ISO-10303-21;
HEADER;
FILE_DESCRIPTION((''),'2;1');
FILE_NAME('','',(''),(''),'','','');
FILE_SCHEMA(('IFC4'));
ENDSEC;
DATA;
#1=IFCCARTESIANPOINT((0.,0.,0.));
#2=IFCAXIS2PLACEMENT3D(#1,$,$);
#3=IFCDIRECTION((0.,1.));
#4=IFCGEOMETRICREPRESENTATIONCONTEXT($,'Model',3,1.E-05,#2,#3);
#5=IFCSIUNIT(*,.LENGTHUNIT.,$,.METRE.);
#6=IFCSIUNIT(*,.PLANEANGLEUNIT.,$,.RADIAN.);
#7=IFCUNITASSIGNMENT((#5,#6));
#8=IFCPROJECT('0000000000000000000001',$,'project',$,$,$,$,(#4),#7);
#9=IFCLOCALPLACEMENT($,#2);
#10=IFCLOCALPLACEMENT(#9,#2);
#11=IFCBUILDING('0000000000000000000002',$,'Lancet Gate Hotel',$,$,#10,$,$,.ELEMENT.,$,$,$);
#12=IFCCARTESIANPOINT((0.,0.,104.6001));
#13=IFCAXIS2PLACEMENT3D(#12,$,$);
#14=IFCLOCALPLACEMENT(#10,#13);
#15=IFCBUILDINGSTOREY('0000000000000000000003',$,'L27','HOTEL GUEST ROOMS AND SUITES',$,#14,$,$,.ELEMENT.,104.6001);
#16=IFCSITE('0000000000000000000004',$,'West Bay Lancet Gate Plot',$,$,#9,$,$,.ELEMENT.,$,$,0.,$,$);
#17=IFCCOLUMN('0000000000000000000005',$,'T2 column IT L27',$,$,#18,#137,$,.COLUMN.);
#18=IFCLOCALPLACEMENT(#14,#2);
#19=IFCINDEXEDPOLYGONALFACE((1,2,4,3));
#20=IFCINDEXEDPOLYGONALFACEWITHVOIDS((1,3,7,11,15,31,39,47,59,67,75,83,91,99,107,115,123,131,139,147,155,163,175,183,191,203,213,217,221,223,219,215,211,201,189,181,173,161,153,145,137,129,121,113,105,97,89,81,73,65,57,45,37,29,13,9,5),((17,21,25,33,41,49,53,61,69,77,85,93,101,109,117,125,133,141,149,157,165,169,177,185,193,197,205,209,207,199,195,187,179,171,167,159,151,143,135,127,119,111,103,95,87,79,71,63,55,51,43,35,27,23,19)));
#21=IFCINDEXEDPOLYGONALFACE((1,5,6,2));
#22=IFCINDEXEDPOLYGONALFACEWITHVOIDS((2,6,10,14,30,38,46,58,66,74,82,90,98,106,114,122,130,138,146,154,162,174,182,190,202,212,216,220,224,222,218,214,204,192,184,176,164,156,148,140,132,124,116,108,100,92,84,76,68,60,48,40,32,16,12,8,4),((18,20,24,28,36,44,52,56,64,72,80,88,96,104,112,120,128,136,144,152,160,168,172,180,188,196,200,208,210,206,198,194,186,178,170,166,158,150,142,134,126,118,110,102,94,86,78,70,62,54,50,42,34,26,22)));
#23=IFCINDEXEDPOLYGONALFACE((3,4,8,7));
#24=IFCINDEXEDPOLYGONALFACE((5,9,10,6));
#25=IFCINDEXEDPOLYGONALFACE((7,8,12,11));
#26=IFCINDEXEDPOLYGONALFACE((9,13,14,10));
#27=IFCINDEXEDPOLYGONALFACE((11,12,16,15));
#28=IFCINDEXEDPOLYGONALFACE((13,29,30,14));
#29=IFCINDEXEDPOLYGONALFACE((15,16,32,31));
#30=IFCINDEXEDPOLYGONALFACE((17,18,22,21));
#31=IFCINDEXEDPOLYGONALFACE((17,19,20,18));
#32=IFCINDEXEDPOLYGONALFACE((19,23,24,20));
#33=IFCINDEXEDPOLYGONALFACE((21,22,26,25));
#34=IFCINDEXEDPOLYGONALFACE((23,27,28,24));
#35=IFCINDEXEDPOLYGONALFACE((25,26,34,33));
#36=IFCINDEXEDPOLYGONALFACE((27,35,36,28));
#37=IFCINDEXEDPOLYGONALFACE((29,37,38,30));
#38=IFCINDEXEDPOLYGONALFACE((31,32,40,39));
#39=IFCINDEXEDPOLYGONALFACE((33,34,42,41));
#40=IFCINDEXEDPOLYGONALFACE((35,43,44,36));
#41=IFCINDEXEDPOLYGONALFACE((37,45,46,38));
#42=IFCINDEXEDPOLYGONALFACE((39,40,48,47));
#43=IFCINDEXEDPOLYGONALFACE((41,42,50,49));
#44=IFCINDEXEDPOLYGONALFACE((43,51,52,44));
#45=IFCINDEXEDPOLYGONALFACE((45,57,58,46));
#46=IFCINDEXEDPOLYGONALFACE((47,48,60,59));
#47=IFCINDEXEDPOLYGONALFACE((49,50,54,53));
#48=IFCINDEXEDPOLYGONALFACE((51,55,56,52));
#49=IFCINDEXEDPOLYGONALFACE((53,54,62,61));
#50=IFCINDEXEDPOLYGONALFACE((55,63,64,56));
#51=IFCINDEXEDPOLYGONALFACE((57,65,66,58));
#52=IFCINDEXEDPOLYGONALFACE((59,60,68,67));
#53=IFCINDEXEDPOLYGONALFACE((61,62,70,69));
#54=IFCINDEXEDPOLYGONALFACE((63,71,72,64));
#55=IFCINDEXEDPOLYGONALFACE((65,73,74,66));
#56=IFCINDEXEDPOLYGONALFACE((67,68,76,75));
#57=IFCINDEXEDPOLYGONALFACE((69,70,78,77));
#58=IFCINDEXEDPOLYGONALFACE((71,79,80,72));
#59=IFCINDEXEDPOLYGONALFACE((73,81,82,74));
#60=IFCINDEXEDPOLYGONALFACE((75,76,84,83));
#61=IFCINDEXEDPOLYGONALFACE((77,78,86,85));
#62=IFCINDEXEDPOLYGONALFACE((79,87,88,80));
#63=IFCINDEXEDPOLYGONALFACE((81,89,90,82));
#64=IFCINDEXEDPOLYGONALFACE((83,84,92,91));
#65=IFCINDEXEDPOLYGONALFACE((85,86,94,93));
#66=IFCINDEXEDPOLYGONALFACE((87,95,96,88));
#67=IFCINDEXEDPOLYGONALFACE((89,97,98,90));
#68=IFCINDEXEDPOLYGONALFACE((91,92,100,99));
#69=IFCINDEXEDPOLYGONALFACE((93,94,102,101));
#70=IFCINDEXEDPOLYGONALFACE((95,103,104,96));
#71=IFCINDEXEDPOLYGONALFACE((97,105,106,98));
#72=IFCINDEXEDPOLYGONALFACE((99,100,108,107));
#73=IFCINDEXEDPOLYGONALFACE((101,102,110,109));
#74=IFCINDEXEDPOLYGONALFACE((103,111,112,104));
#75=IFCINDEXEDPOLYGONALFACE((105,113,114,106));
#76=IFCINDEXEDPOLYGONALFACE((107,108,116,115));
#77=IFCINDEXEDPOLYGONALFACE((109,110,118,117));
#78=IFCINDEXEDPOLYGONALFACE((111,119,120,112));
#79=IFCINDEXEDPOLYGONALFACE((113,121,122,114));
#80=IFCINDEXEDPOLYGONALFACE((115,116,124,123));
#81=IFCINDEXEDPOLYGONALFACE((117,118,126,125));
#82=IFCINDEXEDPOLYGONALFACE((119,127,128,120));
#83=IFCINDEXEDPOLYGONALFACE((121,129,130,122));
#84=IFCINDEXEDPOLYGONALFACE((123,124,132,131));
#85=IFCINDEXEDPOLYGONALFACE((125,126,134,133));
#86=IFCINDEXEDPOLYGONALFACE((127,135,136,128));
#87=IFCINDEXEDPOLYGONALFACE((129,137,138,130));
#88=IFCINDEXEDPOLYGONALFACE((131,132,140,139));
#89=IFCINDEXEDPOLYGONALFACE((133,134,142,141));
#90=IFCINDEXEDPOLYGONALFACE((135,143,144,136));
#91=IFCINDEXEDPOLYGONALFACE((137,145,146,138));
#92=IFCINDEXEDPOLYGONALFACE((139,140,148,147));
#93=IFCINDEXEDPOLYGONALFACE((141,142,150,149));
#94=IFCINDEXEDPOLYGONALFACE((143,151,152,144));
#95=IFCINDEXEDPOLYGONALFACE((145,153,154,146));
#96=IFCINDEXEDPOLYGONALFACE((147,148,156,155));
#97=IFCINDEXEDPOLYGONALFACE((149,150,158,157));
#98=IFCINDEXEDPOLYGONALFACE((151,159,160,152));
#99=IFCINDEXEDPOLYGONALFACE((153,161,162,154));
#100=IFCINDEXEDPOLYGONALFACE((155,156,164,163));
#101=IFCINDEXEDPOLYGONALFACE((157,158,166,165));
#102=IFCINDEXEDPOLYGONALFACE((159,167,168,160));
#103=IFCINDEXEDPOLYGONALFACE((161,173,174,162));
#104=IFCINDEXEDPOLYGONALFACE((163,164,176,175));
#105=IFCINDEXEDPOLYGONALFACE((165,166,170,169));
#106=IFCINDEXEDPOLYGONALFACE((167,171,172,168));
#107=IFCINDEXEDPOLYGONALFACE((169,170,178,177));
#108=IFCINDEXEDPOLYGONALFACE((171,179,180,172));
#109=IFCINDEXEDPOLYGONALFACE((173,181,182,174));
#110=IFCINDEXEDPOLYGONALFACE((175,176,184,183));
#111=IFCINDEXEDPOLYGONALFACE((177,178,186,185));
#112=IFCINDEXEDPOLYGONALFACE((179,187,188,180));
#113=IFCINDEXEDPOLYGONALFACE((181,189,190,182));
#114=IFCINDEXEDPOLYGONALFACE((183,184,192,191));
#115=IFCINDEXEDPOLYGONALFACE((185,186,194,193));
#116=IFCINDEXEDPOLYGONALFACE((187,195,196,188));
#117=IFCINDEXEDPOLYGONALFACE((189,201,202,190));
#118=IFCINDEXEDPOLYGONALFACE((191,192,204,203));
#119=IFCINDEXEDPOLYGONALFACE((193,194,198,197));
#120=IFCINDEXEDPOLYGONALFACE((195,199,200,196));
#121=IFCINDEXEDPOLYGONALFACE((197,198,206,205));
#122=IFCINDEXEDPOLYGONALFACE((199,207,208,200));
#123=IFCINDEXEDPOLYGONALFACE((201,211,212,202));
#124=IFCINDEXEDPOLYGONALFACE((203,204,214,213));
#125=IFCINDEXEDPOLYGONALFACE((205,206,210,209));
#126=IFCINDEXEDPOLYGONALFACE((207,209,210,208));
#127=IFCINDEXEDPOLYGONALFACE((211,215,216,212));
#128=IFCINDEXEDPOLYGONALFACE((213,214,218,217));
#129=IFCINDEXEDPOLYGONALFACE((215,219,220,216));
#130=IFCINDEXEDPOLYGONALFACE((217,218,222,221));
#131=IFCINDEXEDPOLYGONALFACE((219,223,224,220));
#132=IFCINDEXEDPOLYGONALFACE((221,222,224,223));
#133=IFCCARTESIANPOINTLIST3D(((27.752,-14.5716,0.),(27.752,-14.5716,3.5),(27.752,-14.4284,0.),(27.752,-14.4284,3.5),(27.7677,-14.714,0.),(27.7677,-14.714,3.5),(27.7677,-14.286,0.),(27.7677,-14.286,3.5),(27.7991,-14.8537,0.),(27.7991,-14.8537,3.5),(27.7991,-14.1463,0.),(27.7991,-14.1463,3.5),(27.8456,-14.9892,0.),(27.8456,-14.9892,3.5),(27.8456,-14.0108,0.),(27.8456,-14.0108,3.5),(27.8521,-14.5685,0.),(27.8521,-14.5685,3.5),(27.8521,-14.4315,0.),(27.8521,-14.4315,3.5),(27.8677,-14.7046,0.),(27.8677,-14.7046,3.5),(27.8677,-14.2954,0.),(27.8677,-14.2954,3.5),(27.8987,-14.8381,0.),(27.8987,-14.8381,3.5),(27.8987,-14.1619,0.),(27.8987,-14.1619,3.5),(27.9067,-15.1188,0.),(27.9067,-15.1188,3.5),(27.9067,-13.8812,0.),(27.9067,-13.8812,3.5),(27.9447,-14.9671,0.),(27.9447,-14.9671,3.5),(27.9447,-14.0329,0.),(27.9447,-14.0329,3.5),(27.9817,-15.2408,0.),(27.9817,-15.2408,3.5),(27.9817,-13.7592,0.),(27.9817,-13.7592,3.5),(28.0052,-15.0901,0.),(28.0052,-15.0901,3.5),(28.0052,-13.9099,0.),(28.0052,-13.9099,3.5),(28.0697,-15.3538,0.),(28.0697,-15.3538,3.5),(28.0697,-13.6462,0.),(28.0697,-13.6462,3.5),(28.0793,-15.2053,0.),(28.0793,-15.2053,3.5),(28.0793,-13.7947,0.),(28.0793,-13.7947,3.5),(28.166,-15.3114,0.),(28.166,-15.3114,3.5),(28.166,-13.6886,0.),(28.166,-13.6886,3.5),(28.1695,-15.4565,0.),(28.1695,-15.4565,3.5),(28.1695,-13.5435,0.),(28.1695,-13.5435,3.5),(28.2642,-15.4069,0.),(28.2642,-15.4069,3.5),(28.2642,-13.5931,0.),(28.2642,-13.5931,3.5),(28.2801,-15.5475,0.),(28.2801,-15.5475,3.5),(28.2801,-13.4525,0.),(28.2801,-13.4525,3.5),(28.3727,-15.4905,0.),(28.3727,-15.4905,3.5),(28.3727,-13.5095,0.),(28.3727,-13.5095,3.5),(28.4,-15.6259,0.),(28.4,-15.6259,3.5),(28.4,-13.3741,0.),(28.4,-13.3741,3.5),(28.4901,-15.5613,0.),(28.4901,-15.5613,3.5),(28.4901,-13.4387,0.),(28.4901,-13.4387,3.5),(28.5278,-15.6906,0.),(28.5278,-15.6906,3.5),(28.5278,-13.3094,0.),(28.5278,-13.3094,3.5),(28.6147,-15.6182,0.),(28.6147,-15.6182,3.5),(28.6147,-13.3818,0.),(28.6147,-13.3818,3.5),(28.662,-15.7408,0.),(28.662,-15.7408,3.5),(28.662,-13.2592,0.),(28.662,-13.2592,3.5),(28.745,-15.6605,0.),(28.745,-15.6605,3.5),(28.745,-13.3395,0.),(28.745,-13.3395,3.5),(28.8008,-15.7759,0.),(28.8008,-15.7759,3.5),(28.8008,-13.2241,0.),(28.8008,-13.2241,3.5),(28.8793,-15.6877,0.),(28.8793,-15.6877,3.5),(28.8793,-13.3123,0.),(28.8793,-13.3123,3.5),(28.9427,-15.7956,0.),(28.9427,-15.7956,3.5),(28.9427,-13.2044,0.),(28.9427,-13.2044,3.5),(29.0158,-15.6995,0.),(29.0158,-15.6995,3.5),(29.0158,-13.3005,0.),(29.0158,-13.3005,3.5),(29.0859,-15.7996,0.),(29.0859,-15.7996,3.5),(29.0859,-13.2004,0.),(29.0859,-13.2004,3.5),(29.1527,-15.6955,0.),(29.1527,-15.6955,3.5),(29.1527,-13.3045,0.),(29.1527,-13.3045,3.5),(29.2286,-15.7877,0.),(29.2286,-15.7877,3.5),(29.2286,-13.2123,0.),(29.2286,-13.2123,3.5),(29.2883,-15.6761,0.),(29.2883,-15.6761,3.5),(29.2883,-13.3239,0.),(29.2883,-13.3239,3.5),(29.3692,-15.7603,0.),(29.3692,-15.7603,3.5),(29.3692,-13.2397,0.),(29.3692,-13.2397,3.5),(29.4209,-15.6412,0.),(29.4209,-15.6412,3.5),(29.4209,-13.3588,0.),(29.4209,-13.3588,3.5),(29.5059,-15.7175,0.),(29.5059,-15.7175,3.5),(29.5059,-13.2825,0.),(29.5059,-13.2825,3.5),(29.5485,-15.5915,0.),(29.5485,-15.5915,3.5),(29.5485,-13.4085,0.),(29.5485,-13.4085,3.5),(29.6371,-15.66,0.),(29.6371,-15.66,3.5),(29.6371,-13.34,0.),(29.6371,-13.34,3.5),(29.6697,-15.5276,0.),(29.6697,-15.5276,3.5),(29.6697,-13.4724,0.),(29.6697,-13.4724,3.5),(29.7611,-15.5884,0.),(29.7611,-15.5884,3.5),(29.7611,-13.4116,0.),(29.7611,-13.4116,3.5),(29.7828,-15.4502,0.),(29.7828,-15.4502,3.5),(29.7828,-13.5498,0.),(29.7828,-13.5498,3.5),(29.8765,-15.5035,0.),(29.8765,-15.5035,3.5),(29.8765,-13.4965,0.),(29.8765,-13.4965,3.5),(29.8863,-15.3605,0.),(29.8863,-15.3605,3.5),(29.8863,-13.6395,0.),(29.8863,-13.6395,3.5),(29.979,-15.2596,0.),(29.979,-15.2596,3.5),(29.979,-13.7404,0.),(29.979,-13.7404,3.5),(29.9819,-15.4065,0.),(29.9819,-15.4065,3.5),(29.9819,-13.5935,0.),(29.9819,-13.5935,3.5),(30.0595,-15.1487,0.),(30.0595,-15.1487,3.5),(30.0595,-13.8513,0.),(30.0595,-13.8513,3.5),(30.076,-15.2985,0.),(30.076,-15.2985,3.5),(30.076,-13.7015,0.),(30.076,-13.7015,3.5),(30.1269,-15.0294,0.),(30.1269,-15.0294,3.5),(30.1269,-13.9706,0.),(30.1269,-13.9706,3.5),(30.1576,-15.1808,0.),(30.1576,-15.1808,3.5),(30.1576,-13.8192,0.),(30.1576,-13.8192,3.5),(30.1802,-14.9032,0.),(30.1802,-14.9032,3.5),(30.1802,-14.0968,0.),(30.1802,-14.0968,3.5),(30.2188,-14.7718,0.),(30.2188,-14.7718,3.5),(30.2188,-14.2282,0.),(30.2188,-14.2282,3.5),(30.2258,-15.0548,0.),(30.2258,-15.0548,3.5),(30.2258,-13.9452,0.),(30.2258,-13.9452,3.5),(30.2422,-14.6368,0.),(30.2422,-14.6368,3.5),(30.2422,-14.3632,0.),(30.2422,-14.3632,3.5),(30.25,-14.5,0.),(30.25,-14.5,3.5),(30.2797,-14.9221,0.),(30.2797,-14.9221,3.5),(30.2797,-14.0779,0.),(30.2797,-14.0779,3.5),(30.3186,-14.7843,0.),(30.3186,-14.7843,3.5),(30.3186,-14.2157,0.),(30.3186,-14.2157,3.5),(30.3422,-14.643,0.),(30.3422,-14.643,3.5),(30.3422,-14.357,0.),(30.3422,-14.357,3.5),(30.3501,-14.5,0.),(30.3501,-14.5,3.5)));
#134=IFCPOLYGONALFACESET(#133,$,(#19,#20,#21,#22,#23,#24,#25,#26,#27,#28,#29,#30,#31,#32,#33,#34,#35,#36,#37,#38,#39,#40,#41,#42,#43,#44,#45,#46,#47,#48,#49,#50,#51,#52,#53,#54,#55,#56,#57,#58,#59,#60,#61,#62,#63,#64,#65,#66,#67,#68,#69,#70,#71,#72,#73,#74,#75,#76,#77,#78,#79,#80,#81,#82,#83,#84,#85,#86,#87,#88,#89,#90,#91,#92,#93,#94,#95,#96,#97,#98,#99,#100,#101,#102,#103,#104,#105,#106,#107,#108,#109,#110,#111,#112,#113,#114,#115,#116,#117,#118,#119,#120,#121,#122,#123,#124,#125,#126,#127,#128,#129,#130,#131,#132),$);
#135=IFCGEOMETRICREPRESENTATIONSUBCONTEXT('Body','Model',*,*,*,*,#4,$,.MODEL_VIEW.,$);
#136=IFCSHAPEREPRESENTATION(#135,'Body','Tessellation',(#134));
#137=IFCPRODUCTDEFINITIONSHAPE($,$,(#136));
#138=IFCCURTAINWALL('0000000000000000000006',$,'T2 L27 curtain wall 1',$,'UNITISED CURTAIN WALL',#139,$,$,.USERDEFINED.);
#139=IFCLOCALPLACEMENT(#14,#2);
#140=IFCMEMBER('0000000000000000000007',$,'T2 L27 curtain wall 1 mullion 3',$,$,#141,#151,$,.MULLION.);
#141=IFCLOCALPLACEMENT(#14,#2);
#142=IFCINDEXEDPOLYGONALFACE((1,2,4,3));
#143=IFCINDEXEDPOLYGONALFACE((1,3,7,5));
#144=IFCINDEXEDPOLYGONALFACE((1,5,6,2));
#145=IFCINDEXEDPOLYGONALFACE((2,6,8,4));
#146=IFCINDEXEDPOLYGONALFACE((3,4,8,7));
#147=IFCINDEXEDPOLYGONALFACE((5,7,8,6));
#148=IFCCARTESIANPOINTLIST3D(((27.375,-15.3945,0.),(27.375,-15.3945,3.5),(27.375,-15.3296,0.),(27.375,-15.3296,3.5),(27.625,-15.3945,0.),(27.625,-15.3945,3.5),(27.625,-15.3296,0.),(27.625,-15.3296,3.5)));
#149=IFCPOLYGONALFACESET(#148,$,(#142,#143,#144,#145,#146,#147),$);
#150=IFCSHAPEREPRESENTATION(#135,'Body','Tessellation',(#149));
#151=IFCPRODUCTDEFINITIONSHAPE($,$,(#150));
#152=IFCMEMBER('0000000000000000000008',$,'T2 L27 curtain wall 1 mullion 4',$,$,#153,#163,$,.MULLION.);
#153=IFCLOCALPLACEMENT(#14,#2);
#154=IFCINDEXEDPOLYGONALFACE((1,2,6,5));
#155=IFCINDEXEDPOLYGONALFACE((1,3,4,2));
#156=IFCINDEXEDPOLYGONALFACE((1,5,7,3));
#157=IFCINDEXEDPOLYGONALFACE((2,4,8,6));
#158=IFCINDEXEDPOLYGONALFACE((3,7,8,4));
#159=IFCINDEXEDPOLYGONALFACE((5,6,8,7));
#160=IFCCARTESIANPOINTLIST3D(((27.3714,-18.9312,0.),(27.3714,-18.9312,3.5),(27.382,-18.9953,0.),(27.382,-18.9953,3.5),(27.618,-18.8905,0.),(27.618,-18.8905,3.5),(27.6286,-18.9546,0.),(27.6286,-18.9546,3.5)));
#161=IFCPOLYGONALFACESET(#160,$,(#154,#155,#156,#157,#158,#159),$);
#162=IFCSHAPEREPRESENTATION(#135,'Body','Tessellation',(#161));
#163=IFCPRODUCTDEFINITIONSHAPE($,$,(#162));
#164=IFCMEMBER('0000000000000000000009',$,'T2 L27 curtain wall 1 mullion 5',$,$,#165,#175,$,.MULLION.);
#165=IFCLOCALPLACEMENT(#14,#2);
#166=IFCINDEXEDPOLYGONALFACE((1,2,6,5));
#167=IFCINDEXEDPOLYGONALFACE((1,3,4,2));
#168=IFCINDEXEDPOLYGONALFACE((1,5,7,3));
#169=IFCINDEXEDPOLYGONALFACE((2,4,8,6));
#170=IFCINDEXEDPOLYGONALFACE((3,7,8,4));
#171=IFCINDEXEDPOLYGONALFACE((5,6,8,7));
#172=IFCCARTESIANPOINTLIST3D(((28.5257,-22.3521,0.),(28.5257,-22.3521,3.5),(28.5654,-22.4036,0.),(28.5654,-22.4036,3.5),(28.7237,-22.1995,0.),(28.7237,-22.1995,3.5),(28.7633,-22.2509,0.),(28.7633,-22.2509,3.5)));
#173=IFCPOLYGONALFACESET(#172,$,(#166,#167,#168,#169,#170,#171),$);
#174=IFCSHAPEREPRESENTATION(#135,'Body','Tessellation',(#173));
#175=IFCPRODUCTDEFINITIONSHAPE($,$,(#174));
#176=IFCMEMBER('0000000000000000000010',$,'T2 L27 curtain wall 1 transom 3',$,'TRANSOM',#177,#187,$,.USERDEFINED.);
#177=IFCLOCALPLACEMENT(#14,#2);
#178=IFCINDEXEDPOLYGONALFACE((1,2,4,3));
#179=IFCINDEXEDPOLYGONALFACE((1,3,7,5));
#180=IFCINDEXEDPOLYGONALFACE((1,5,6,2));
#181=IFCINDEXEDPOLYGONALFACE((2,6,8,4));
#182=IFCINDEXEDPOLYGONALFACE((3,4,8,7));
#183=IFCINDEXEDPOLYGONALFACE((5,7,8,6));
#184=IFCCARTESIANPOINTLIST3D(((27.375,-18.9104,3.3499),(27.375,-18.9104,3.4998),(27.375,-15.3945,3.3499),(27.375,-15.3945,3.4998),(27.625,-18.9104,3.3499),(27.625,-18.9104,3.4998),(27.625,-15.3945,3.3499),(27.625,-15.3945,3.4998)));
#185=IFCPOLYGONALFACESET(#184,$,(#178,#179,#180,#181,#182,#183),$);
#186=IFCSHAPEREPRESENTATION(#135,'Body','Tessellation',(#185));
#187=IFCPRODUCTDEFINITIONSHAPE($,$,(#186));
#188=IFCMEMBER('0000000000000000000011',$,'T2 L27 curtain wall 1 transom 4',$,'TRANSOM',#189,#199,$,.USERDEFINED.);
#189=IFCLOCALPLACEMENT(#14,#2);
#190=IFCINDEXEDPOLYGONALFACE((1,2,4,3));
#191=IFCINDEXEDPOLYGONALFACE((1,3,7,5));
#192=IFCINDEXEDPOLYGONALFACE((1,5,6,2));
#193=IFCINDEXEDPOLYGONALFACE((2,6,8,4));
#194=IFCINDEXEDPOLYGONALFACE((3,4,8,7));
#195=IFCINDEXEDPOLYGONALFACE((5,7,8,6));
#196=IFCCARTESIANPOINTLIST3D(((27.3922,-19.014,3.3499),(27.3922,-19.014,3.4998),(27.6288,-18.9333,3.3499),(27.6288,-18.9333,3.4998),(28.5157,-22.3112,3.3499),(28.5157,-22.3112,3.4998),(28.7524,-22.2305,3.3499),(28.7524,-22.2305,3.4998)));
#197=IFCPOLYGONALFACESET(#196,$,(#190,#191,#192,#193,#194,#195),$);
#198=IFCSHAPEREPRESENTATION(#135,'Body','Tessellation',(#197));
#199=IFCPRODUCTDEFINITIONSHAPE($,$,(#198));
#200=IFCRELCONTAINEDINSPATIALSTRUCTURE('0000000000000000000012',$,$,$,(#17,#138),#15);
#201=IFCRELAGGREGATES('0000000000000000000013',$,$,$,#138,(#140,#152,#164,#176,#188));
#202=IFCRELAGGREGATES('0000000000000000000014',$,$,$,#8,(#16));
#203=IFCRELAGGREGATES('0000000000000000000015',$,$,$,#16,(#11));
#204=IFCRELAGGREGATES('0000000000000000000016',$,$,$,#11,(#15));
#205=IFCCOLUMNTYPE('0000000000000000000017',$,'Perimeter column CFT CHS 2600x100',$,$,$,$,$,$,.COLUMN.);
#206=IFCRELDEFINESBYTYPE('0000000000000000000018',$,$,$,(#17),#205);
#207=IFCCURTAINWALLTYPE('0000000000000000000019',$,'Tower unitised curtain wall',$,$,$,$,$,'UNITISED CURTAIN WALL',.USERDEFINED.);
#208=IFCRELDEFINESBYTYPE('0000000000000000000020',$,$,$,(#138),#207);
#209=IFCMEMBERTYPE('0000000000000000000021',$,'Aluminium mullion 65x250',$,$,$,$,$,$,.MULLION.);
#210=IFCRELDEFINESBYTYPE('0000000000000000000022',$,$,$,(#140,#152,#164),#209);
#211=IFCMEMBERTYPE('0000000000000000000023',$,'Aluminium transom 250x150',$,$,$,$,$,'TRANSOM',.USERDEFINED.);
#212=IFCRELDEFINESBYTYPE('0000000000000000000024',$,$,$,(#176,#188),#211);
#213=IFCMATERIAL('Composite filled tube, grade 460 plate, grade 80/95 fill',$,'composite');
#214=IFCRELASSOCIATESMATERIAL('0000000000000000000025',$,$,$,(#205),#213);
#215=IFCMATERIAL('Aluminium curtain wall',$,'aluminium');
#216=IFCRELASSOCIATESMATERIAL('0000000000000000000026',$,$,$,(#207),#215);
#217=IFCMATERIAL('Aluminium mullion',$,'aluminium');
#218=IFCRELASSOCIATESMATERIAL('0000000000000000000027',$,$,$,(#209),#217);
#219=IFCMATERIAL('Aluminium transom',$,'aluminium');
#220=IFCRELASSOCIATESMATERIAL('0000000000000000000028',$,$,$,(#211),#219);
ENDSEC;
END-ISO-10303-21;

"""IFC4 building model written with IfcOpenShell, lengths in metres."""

from ifc_helpers import new_model, si_unit, direction, frame, origin, origin_2d, place, context, subcontext, project, spatial, rectangle, hollow_circle, extrude, material, material_profile, profile_set, type_object, element, aggregate, save


model = new_model("IFC4")

# Units and contexts
model_context = context("Model", 3, precision=1e-05, world=origin(), true_north=direction((0.0, 1.0)))
body_context = subcontext(model_context, "Body", "Model", "MODEL_VIEW")
ifc_project = project(units=[si_unit("LENGTHUNIT", "METRE"), si_unit("PLANEANGLEUNIT", "RADIAN")], contexts=[model_context])

# Site, building, storey
site_placement = place(None, origin())
site = spatial("IfcSite", under=ifc_project, at=site_placement, Name="West Bay Lancet Gate Plot", CompositionType="ELEMENT", RefElevation=0.0)
building_placement = place(site_placement, origin())
building = spatial("IfcBuilding", under=site, at=building_placement, Name="Lancet Gate Hotel", CompositionType="ELEMENT")
storey_placement = place(building_placement, frame((0.0, 0.0, 104.6001)))
storey = spatial("IfcBuildingStorey", under=building, at=storey_placement, Name="L27", Description="HOTEL GUEST ROOMS AND SUITES", CompositionType="ELEMENT", Elevation=104.6001)

# Column
ifc_material_1 = material(Name="Composite filled tube, grade 460 plate, grade 80/95 fill", Category="composite")
ifc_material_profile_1 = material_profile(ifc_material_1, hollow_circle(Radius=1.3, WallThickness=0.1001, at=origin_2d()), Name="CHS 2600x100")
ifc_profile_set_1 = profile_set([ifc_material_profile_1], Name="Composite filled tube, grade 460 plate, grade 80/95 fill")
column_type = type_object("IfcColumnType", Name="Perimeter column CFT CHS 2600x100", PredefinedType="COLUMN", material=ifc_profile_set_1)
column_placement = place(storey_placement, frame((29.05, -14.5, 0.0), z_axis=(0.0, 0.0, 1.0), x_axis=(1.0, 0.0, 0.0)))
element("IfcColumn", 1, at=column_placement, inside=storey, type_object=column_type, Name="T2 column IT L27", PredefinedType="COLUMN", context=body_context, shape_type="SweptSolid", body=[
    extrude(hollow_circle(Radius=1.3, WallThickness=0.1001, at=origin_2d()), origin(), (0.0, 0.0, 1.0), 3.5),
])

# Curtain wall, members
ifc_material_2 = material(Name="Aluminium curtain wall", Category="aluminium")
curtain_wall_type = type_object("IfcCurtainWallType", Name="Tower unitised curtain wall", ElementType="UNITISED CURTAIN WALL", PredefinedType="USERDEFINED", material=ifc_material_2)
curtain_wall_placement = place(storey_placement, origin())
curtain_wall = element("IfcCurtainWall", 2, at=curtain_wall_placement, inside=storey, type_object=curtain_wall_type, Name="T2 L27 curtain wall 1", ObjectType="UNITISED CURTAIN WALL", PredefinedType="USERDEFINED")
ifc_material_3 = material(Name="Aluminium mullion", Category="aluminium")
ifc_material_profile_2 = material_profile(ifc_material_3, rectangle(XDim=0.0649, YDim=0.25, at=origin_2d()), Name="MULLION 65x250")
ifc_profile_set_2 = profile_set([ifc_material_profile_2], Name="Aluminium mullion")
member_type_1 = type_object("IfcMemberType", Name="Aluminium mullion 65x250", PredefinedType="MULLION", material=ifc_profile_set_2)
member_1_placement = place(storey_placement, frame((27.5, -15.3621, 0.0), z_axis=(0.0, 0.0, 1.0), x_axis=(0.0, -1.0, 0.0)))
member_1 = element("IfcMember", 3, at=member_1_placement, type_object=member_type_1, Name="T2 L27 curtain wall 1 mullion 3", PredefinedType="MULLION", context=body_context, shape_type="SweptSolid", body=[
    extrude(rectangle(XDim=0.0649, YDim=0.25, at=origin_2d()), origin(), (0.0, 0.0, 1.0), 3.5),
])
member_2_placement = place(storey_placement, frame((27.5, -18.9429, 0.0), z_axis=(0.0, 0.0, 1.0), x_axis=(0.162739, -0.986669, 0.0)))
member_2 = element("IfcMember", 4, at=member_2_placement, type_object=member_type_1, Name="T2 L27 curtain wall 1 mullion 4", PredefinedType="MULLION", context=body_context, shape_type="SweptSolid", body=[
    extrude(rectangle(XDim=0.0649, YDim=0.25, at=origin_2d()), origin(), (0.0, 0.0, 1.0), 3.5),
])
member_3_placement = place(storey_placement, frame((28.6445, -22.3015, 0.0), z_axis=(0.0, 0.0, 1.0), x_axis=(0.610664, -0.79189, 0.0)))
member_3 = element("IfcMember", 5, at=member_3_placement, type_object=member_type_1, Name="T2 L27 curtain wall 1 mullion 5", PredefinedType="MULLION", context=body_context, shape_type="SweptSolid", body=[
    extrude(rectangle(XDim=0.0649, YDim=0.25, at=origin_2d()), origin(), (0.0, 0.0, 1.0), 3.5),
])
ifc_material_4 = material(Name="Aluminium transom", Category="aluminium")
ifc_material_profile_3 = material_profile(ifc_material_4, rectangle(XDim=0.25, YDim=0.1499, at=origin_2d()), Name="TRANSOM 250x150")
ifc_profile_set_3 = profile_set([ifc_material_profile_3], Name="Aluminium transom")
member_type_2 = type_object("IfcMemberType", Name="Aluminium transom 250x150", ElementType="TRANSOM", PredefinedType="USERDEFINED", material=ifc_profile_set_3)
member_4_placement = place(storey_placement, frame((27.5, -15.3945, 3.4248), z_axis=(0.0, -1.0, 0.0), x_axis=(1.0, 0.0, 0.0)))
member_4 = element("IfcMember", 6, at=member_4_placement, type_object=member_type_2, Name="T2 L27 curtain wall 1 transom 3", ObjectType="TRANSOM", PredefinedType="USERDEFINED", context=body_context, shape_type="SweptSolid", body=[
    extrude(rectangle(XDim=0.25, YDim=0.1499, at=origin_2d()), origin(), (0.0, 0.0, 1.0), 3.5159),
])
member_5_placement = place(storey_placement, frame((27.5105, -18.9736, 3.4248), z_axis=(0.32255, -0.946553, 0.0), x_axis=(0.946553, 0.32255, 0.0)))
member_5 = element("IfcMember", 7, at=member_5_placement, type_object=member_type_2, Name="T2 L27 curtain wall 1 transom 4", ObjectType="TRANSOM", PredefinedType="USERDEFINED", context=body_context, shape_type="SweptSolid", body=[
    extrude(rectangle(XDim=0.25, YDim=0.1499, at=origin_2d()), origin(), (0.0, 0.0, 1.0), 3.4834),
])

aggregate(curtain_wall, [member_1, member_2, member_3, member_4, member_5])

save(model, "model.ifc")
